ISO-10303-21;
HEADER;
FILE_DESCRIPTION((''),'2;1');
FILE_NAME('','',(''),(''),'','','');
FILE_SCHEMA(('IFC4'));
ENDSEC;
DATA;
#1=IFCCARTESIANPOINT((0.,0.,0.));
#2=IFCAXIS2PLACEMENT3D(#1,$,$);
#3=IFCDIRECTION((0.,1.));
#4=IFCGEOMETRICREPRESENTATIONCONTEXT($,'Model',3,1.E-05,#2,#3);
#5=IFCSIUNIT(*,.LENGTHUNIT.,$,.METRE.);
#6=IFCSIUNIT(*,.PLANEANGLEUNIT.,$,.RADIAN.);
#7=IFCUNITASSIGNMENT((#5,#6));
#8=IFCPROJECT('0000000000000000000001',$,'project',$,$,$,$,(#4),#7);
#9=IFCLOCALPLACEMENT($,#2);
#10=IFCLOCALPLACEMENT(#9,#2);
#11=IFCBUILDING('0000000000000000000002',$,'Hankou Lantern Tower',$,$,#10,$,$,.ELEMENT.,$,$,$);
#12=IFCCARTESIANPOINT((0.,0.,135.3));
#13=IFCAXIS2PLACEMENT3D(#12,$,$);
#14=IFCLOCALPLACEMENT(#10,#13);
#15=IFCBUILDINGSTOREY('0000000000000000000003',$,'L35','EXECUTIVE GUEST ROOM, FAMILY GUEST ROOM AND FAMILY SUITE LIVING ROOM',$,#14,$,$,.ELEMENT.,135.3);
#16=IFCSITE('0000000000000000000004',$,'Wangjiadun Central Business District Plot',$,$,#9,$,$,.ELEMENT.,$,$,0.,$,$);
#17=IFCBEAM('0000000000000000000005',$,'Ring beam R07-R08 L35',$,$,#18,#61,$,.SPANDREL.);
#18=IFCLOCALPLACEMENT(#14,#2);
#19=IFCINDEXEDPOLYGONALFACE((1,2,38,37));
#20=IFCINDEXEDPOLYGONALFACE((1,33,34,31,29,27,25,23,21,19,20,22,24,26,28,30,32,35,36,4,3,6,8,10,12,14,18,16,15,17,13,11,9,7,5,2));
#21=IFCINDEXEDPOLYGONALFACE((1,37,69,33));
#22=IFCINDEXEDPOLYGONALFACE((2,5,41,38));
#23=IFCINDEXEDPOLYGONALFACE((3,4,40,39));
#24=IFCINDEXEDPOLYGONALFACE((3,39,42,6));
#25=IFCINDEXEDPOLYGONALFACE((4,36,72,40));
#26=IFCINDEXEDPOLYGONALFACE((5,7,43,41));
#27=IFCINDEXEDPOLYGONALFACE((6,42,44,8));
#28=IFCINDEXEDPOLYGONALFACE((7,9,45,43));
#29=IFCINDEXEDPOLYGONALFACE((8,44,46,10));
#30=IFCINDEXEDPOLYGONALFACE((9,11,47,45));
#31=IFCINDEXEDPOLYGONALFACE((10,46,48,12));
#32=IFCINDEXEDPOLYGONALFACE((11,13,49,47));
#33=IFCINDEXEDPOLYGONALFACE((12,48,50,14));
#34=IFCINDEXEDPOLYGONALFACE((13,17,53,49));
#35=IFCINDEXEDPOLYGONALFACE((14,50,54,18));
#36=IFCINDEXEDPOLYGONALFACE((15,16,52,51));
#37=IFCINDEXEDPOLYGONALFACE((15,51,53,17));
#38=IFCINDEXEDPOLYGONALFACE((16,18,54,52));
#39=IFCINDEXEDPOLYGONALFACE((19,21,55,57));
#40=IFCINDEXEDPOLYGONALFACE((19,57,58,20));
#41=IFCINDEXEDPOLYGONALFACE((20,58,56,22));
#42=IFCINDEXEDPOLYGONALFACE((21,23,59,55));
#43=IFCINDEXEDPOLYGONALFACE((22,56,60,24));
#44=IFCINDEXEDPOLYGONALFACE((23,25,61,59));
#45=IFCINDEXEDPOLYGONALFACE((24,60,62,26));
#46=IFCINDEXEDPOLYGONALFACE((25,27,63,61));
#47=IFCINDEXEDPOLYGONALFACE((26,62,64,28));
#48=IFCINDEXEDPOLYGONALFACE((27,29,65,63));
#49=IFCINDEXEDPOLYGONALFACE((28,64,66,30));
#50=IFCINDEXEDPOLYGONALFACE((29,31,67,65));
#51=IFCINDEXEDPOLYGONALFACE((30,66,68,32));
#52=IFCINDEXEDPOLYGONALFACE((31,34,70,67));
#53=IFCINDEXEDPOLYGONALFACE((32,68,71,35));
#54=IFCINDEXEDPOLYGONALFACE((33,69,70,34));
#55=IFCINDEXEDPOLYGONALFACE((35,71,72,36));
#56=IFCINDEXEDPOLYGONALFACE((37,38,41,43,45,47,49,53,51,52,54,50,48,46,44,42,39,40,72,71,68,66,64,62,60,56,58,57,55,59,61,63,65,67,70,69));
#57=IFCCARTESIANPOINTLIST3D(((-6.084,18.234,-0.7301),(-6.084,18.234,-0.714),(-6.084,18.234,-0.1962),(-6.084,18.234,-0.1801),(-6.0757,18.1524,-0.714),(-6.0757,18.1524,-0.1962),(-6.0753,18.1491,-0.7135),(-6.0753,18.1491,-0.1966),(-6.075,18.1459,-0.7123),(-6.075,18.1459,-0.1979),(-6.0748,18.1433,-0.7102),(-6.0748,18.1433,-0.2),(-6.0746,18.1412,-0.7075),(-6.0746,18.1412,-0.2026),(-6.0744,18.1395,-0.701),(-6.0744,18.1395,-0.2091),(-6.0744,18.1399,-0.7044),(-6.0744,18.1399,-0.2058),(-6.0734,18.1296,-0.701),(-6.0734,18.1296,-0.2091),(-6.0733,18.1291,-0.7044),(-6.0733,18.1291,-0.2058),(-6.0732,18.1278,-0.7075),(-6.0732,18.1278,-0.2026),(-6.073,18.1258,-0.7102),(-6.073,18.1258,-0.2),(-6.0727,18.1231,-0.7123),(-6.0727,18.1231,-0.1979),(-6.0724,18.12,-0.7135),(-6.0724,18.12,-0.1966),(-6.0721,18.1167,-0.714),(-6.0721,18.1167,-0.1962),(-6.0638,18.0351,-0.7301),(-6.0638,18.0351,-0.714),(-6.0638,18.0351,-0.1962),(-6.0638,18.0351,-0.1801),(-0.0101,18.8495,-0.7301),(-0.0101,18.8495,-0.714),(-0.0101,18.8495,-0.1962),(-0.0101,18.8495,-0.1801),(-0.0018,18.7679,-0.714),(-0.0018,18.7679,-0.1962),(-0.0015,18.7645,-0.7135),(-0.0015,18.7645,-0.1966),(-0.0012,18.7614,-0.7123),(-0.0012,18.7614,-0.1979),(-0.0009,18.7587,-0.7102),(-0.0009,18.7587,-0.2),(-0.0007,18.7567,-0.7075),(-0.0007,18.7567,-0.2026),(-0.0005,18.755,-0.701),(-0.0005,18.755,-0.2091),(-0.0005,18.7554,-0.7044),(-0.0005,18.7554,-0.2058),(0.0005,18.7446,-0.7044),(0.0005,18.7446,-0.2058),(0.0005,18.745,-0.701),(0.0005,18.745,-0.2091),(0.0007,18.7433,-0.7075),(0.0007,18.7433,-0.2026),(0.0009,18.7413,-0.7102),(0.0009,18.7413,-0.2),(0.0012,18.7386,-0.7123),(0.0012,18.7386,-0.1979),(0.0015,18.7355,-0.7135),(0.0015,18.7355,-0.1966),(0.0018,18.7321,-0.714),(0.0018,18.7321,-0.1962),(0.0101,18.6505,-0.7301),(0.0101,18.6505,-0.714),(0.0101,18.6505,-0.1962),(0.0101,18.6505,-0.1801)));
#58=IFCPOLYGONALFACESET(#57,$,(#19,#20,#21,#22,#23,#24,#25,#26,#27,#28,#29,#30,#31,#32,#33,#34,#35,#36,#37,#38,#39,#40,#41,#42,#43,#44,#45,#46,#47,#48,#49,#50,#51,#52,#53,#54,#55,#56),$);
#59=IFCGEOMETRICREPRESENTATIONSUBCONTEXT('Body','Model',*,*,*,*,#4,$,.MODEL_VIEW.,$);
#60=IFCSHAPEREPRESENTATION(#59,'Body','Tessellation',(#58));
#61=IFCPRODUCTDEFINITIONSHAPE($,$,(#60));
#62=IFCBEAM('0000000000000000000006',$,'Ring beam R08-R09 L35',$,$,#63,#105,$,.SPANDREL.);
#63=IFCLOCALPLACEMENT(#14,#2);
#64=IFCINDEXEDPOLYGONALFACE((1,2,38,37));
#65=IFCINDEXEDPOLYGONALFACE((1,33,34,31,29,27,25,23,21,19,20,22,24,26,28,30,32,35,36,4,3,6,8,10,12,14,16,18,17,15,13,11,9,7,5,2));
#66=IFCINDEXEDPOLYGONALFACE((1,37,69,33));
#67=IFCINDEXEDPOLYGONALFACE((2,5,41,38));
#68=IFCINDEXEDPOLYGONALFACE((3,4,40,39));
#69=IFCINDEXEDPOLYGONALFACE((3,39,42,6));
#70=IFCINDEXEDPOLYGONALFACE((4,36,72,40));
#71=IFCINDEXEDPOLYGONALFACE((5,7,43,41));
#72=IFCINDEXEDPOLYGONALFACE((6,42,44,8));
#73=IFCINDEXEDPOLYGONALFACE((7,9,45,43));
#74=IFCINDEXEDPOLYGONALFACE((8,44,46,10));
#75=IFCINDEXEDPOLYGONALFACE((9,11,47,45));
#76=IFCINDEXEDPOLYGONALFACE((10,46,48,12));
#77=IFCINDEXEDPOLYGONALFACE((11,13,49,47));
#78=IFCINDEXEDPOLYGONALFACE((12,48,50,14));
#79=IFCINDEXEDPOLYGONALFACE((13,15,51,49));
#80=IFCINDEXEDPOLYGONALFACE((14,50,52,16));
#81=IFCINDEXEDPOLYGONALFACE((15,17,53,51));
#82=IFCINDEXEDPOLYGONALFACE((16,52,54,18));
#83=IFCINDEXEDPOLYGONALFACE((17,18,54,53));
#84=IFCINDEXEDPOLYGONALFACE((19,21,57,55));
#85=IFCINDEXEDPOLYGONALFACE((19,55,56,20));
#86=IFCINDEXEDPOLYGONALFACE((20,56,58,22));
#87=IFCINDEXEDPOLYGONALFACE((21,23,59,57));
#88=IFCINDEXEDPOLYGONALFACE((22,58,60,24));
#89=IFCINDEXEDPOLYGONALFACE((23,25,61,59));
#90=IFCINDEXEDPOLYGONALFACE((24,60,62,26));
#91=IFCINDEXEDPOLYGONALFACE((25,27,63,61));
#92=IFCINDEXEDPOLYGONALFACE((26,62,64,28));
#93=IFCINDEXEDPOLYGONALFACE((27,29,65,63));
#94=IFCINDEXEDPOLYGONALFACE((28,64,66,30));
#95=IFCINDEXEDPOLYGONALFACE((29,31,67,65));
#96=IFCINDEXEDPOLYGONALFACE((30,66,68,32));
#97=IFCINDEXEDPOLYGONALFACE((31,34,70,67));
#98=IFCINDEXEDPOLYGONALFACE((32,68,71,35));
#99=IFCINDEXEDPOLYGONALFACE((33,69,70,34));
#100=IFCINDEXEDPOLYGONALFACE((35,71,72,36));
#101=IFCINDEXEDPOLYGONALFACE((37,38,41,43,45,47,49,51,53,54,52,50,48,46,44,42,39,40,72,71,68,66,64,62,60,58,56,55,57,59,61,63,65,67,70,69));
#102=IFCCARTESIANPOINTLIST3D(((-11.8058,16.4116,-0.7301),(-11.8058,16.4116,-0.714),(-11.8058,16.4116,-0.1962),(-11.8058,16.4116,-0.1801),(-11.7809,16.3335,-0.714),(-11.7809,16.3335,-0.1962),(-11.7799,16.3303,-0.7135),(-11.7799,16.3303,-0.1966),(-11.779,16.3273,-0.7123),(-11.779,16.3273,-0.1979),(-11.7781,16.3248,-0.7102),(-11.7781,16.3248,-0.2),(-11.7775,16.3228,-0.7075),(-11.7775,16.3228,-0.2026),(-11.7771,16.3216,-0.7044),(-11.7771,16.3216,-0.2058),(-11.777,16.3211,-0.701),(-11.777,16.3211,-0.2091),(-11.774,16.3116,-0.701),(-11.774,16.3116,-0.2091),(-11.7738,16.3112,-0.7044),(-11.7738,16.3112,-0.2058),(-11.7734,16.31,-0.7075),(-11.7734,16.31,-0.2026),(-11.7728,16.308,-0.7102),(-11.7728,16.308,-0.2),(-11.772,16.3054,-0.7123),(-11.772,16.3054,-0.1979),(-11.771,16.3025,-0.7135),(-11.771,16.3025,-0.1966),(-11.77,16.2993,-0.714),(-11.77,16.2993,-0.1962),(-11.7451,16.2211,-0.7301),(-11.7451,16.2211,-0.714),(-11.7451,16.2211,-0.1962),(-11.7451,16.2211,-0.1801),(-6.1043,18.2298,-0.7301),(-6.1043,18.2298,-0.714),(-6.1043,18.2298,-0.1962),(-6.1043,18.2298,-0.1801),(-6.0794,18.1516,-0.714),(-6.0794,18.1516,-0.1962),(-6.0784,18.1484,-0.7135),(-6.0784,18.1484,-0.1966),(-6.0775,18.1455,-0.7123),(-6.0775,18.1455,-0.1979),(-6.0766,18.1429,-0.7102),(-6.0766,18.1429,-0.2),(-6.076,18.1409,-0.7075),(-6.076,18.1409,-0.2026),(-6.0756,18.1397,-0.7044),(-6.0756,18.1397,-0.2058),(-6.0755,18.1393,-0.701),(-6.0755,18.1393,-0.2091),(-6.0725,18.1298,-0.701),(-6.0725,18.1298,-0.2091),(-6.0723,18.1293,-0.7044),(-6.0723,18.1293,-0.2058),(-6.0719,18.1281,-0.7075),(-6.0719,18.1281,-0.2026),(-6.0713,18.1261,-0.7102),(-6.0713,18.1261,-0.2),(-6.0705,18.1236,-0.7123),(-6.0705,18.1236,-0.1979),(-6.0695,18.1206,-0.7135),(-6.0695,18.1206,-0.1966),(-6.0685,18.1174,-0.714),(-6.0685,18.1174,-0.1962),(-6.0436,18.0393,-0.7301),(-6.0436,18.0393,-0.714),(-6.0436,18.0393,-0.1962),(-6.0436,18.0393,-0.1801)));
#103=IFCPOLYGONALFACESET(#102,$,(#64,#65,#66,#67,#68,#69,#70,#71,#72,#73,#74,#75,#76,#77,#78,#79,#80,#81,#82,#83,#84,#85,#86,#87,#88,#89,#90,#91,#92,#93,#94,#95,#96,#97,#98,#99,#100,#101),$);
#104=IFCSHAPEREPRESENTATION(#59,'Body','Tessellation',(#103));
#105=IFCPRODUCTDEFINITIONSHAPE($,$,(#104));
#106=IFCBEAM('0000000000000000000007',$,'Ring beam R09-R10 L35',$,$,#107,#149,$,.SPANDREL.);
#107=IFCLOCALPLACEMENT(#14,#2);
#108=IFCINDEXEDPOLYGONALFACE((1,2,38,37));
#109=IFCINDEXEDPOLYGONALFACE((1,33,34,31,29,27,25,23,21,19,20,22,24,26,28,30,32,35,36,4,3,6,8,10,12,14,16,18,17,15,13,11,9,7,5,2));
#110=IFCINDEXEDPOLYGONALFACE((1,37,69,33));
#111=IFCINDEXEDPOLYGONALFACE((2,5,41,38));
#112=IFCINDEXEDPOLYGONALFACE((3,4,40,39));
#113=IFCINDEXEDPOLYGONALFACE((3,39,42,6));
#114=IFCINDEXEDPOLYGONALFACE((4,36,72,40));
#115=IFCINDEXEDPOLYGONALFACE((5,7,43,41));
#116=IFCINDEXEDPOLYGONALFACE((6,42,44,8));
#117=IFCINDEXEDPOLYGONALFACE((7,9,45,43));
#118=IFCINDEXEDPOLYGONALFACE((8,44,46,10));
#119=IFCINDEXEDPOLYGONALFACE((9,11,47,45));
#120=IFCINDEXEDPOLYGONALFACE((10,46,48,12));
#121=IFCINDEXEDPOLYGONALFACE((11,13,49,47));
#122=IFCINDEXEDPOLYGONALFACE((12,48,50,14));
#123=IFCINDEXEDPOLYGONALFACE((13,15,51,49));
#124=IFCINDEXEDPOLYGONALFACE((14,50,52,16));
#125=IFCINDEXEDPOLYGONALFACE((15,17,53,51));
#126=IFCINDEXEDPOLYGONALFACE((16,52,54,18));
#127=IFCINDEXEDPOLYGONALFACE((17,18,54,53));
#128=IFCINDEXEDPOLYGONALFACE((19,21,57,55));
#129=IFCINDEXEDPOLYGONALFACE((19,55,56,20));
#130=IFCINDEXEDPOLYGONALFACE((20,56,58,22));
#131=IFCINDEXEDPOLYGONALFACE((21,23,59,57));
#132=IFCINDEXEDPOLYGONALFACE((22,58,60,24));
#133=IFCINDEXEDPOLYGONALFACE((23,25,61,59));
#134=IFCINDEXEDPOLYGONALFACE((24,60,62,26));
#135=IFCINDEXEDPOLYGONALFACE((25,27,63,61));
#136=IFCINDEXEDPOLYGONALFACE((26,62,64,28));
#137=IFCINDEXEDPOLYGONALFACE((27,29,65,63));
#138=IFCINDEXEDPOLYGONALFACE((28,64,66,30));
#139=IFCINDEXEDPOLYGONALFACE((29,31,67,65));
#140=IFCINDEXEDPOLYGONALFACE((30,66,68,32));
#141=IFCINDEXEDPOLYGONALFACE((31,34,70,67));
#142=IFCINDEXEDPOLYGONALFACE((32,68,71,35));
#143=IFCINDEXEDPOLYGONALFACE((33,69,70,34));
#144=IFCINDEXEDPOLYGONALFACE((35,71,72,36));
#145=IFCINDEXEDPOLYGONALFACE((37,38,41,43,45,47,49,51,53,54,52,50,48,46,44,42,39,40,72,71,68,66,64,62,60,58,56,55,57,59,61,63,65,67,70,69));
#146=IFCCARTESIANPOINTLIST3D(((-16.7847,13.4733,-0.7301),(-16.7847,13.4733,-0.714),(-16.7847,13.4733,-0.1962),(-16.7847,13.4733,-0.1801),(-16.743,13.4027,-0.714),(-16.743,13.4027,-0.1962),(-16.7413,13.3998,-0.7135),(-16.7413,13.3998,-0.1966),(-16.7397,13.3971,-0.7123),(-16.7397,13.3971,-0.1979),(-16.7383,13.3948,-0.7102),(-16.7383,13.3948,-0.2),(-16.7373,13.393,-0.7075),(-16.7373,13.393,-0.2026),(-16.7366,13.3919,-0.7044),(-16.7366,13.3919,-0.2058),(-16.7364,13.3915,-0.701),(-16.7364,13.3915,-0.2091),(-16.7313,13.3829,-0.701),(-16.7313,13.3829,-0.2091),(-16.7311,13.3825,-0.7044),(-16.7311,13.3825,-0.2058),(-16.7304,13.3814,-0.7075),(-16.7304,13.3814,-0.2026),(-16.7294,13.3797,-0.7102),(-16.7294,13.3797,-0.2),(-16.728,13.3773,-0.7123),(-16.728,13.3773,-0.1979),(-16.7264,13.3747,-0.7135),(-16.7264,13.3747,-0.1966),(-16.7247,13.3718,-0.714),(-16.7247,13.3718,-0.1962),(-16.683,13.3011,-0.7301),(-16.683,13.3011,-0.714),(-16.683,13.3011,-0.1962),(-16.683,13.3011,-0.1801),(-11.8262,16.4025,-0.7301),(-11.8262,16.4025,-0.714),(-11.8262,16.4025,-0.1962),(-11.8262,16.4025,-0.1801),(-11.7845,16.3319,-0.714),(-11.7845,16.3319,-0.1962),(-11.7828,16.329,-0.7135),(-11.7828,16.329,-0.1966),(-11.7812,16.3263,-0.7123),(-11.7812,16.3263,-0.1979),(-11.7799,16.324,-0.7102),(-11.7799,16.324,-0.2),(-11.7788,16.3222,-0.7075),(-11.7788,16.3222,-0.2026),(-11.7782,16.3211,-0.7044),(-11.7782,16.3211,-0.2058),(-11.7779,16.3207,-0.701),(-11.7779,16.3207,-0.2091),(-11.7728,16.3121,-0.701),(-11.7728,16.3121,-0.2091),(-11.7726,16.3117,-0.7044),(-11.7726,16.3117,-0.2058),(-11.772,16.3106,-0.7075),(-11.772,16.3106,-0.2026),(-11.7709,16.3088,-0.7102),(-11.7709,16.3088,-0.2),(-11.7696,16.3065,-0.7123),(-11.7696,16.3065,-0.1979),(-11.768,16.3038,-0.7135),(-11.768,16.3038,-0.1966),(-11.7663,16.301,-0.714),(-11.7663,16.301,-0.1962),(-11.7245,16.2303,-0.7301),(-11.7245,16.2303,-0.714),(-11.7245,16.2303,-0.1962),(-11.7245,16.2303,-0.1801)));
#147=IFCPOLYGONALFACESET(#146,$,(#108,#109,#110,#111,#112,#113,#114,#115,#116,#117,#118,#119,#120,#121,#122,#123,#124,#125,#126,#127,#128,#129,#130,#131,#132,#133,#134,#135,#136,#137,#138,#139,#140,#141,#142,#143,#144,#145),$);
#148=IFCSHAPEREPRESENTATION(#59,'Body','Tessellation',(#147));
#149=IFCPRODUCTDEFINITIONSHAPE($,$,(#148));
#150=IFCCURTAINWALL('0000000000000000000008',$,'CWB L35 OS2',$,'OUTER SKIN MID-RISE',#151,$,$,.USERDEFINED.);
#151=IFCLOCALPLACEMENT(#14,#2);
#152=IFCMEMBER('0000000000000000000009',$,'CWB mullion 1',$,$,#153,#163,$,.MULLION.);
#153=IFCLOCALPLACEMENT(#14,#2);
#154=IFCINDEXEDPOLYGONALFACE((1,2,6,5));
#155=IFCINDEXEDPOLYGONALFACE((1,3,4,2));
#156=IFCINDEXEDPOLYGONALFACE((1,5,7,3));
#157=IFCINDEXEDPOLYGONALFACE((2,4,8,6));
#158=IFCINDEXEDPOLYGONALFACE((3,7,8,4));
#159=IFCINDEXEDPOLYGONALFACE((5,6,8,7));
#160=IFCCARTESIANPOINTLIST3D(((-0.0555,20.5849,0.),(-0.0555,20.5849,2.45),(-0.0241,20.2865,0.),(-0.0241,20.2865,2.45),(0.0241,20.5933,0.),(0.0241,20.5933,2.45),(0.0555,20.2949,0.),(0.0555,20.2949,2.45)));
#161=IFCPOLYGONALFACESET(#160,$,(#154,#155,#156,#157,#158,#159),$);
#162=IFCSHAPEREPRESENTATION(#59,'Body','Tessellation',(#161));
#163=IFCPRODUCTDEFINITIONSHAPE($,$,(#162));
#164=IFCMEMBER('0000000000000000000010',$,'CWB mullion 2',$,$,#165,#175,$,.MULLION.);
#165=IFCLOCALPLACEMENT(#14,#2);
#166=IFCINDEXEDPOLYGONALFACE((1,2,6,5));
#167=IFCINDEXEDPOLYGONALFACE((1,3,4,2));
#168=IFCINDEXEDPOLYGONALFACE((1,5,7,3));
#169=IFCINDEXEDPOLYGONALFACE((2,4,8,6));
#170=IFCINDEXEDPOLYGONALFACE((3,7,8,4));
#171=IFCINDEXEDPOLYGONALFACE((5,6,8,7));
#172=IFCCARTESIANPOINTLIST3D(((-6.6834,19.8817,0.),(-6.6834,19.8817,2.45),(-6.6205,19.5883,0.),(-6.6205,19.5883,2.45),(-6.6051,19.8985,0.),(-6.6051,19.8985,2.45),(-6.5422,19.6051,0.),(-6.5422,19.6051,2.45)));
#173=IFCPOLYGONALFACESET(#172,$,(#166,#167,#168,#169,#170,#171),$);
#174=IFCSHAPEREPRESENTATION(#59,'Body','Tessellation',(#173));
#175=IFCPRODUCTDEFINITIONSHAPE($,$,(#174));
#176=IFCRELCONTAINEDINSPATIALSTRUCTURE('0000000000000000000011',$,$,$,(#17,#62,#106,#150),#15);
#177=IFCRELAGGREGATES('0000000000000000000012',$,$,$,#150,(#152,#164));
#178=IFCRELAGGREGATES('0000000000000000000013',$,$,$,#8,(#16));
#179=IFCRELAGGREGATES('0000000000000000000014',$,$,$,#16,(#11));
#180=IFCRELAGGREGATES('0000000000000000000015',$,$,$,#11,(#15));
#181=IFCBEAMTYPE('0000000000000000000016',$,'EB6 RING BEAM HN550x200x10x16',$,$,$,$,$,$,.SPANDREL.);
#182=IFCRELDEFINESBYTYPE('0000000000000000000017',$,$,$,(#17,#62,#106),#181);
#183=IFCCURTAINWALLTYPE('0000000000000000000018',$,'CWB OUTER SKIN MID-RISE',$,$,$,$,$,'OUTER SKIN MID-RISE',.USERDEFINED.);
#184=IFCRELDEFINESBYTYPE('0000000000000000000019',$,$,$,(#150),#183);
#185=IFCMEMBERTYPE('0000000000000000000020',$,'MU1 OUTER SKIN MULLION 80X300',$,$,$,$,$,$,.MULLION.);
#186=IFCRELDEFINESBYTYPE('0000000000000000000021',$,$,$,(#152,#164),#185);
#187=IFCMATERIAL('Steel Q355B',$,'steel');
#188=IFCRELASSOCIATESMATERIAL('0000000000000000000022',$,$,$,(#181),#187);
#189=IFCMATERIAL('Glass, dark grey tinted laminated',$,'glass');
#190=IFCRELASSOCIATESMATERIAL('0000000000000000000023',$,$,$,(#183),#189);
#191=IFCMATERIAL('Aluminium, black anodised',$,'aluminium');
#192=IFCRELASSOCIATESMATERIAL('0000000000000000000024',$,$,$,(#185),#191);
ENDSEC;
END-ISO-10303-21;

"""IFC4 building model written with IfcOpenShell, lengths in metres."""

from ifc_helpers import new_model, si_unit, direction, frame, origin, origin_2d, place, context, subcontext, project, spatial, rectangle, i_section, extrude, material, material_profile, profile_set, type_object, element, aggregate, save


model = new_model("IFC4")

# Units and contexts
model_context = context("Model", 3, precision=1e-05, world=origin(), true_north=direction((0.0, 1.0)))
body_context = subcontext(model_context, "Body", "Model", "MODEL_VIEW")
ifc_project = project(units=[si_unit("LENGTHUNIT", "METRE"), si_unit("PLANEANGLEUNIT", "RADIAN")], contexts=[model_context])

# Site, building, storey
site_placement = place(None, origin())
site = spatial("IfcSite", under=ifc_project, at=site_placement, Name="Wangjiadun Central Business District Plot", CompositionType="ELEMENT", RefElevation=0.0)
building_placement = place(site_placement, origin())
building = spatial("IfcBuilding", under=site, at=building_placement, Name="Hankou Lantern Tower", CompositionType="ELEMENT")
storey_placement = place(building_placement, frame((0.0, 0.0, 135.3)))
storey = spatial("IfcBuildingStorey", under=building, at=storey_placement, Name="L35", Description="EXECUTIVE GUEST ROOM, FAMILY GUEST ROOM AND FAMILY SUITE LIVING ROOM", CompositionType="ELEMENT", Elevation=135.3)

# Beams
ifc_material_1 = material(Name="Steel Q355B", Category="steel")
ifc_material_profile_1 = material_profile(ifc_material_1, i_section(OverallWidth=0.2, OverallDepth=0.55, WebThickness=0.01, FlangeThickness=0.0161, FilletRadius=0.0129, at=origin_2d()), Name="HN550x200x10x16")
ifc_profile_set_1 = profile_set([ifc_material_profile_1], Name="Steel Q355B")
beam_type_1 = type_object("IfcBeamType", Name="EB6 RING BEAM HN550x200x10x16", PredefinedType="SPANDREL", material=ifc_profile_set_1)
beam_1_placement = place(storey_placement, frame((0.0, 18.75, -0.4551), z_axis=(-0.994905, -0.100814, 0.0), x_axis=(0.100814, -0.994905, 0.0)))
element("IfcBeam", 1, at=beam_1_placement, inside=storey, type_object=beam_type_1, Name="Ring beam R07-R08 L35", PredefinedType="SPANDREL", context=body_context, shape_type="SweptSolid", body=[
    extrude(i_section(OverallWidth=0.2, OverallDepth=0.55, WebThickness=0.01, FlangeThickness=0.0161, FilletRadius=0.0129, at=origin_2d()), origin(), (0.0, 0.0, 1.0), 6.105),
])
beam_2_placement = place(storey_placement, frame((-6.074, 18.1345, -0.4551), z_axis=(-0.952731, -0.303815, 0.0), x_axis=(0.303815, -0.952731, 0.0)))
element("IfcBeam", 2, at=beam_2_placement, inside=storey, type_object=beam_type_1, Name="Ring beam R08-R09 L35", PredefinedType="SPANDREL", context=body_context, shape_type="SweptSolid", body=[
    extrude(i_section(OverallWidth=0.2, OverallDepth=0.55, WebThickness=0.01, FlangeThickness=0.0161, FilletRadius=0.0129, at=origin_2d()), origin(), (0.0, 0.0, 1.0), 5.9844),
])
beam_3_placement = place(storey_placement, frame((-11.7754, 16.3164, -0.4551), z_axis=(-0.860989, -0.508624, 0.0), x_axis=(0.508624, -0.860989, 0.0)))
element("IfcBeam", 3, at=beam_3_placement, inside=storey, type_object=beam_type_1, Name="Ring beam R09-R10 L35", PredefinedType="SPANDREL", context=body_context, shape_type="SweptSolid", body=[
    extrude(i_section(OverallWidth=0.2, OverallDepth=0.55, WebThickness=0.01, FlangeThickness=0.0161, FilletRadius=0.0129, at=origin_2d()), origin(), (0.0, 0.0, 1.0), 5.759),
])

# Curtain wall, members
ifc_material_2 = material(Name="Glass, dark grey tinted laminated", Category="glass")
curtain_wall_type = type_object("IfcCurtainWallType", Name="CWB OUTER SKIN MID-RISE", ElementType="OUTER SKIN MID-RISE", PredefinedType="USERDEFINED", material=ifc_material_2)
curtain_wall_placement = place(storey_placement, origin())
curtain_wall = element("IfcCurtainWall", 4, at=curtain_wall_placement, inside=storey, type_object=curtain_wall_type, Name="CWB L35 OS2", ObjectType="OUTER SKIN MID-RISE", PredefinedType="USERDEFINED")
ifc_material_3 = material(Name="Aluminium, black anodised", Category="aluminium")
ifc_material_profile_2 = material_profile(ifc_material_3, rectangle(XDim=0.0801, YDim=0.3, at=origin_2d()), Name="MU1 80X300")
ifc_profile_set_2 = profile_set([ifc_material_profile_2], Name="Aluminium, black anodised")
member_type_1 = type_object("IfcMemberType", Name="MU1 OUTER SKIN MULLION 80X300", PredefinedType="MULLION", material=ifc_profile_set_2)
member_1_placement = place(storey_placement, frame((0.0, 20.4399, 0.0), z_axis=(0.0, 0.0, 1.0), x_axis=(-0.994499, -0.104743, 0.0)))
member_1 = element("IfcMember", 5, at=member_1_placement, type_object=member_type_1, Name="CWB mullion 1", PredefinedType="MULLION", context=body_context, shape_type="SweptSolid", body=[
    extrude(rectangle(XDim=0.0801, YDim=0.3, at=origin_2d()), origin(), (0.0, 0.0, 1.0), 2.45),
])
member_2_placement = place(storey_placement, frame((-6.6128, 19.7434, 0.0), z_axis=(0.0, 0.0, 1.0), x_axis=(-0.977788, -0.209598, 0.0)))
member_2 = element("IfcMember", 6, at=member_2_placement, type_object=member_type_1, Name="CWB mullion 2", PredefinedType="MULLION", context=body_context, shape_type="SweptSolid", body=[
    extrude(rectangle(XDim=0.0801, YDim=0.3, at=origin_2d()), origin(), (0.0, 0.0, 1.0), 2.45),
])

aggregate(curtain_wall, [member_1, member_2])

save(model, "model.ifc")
